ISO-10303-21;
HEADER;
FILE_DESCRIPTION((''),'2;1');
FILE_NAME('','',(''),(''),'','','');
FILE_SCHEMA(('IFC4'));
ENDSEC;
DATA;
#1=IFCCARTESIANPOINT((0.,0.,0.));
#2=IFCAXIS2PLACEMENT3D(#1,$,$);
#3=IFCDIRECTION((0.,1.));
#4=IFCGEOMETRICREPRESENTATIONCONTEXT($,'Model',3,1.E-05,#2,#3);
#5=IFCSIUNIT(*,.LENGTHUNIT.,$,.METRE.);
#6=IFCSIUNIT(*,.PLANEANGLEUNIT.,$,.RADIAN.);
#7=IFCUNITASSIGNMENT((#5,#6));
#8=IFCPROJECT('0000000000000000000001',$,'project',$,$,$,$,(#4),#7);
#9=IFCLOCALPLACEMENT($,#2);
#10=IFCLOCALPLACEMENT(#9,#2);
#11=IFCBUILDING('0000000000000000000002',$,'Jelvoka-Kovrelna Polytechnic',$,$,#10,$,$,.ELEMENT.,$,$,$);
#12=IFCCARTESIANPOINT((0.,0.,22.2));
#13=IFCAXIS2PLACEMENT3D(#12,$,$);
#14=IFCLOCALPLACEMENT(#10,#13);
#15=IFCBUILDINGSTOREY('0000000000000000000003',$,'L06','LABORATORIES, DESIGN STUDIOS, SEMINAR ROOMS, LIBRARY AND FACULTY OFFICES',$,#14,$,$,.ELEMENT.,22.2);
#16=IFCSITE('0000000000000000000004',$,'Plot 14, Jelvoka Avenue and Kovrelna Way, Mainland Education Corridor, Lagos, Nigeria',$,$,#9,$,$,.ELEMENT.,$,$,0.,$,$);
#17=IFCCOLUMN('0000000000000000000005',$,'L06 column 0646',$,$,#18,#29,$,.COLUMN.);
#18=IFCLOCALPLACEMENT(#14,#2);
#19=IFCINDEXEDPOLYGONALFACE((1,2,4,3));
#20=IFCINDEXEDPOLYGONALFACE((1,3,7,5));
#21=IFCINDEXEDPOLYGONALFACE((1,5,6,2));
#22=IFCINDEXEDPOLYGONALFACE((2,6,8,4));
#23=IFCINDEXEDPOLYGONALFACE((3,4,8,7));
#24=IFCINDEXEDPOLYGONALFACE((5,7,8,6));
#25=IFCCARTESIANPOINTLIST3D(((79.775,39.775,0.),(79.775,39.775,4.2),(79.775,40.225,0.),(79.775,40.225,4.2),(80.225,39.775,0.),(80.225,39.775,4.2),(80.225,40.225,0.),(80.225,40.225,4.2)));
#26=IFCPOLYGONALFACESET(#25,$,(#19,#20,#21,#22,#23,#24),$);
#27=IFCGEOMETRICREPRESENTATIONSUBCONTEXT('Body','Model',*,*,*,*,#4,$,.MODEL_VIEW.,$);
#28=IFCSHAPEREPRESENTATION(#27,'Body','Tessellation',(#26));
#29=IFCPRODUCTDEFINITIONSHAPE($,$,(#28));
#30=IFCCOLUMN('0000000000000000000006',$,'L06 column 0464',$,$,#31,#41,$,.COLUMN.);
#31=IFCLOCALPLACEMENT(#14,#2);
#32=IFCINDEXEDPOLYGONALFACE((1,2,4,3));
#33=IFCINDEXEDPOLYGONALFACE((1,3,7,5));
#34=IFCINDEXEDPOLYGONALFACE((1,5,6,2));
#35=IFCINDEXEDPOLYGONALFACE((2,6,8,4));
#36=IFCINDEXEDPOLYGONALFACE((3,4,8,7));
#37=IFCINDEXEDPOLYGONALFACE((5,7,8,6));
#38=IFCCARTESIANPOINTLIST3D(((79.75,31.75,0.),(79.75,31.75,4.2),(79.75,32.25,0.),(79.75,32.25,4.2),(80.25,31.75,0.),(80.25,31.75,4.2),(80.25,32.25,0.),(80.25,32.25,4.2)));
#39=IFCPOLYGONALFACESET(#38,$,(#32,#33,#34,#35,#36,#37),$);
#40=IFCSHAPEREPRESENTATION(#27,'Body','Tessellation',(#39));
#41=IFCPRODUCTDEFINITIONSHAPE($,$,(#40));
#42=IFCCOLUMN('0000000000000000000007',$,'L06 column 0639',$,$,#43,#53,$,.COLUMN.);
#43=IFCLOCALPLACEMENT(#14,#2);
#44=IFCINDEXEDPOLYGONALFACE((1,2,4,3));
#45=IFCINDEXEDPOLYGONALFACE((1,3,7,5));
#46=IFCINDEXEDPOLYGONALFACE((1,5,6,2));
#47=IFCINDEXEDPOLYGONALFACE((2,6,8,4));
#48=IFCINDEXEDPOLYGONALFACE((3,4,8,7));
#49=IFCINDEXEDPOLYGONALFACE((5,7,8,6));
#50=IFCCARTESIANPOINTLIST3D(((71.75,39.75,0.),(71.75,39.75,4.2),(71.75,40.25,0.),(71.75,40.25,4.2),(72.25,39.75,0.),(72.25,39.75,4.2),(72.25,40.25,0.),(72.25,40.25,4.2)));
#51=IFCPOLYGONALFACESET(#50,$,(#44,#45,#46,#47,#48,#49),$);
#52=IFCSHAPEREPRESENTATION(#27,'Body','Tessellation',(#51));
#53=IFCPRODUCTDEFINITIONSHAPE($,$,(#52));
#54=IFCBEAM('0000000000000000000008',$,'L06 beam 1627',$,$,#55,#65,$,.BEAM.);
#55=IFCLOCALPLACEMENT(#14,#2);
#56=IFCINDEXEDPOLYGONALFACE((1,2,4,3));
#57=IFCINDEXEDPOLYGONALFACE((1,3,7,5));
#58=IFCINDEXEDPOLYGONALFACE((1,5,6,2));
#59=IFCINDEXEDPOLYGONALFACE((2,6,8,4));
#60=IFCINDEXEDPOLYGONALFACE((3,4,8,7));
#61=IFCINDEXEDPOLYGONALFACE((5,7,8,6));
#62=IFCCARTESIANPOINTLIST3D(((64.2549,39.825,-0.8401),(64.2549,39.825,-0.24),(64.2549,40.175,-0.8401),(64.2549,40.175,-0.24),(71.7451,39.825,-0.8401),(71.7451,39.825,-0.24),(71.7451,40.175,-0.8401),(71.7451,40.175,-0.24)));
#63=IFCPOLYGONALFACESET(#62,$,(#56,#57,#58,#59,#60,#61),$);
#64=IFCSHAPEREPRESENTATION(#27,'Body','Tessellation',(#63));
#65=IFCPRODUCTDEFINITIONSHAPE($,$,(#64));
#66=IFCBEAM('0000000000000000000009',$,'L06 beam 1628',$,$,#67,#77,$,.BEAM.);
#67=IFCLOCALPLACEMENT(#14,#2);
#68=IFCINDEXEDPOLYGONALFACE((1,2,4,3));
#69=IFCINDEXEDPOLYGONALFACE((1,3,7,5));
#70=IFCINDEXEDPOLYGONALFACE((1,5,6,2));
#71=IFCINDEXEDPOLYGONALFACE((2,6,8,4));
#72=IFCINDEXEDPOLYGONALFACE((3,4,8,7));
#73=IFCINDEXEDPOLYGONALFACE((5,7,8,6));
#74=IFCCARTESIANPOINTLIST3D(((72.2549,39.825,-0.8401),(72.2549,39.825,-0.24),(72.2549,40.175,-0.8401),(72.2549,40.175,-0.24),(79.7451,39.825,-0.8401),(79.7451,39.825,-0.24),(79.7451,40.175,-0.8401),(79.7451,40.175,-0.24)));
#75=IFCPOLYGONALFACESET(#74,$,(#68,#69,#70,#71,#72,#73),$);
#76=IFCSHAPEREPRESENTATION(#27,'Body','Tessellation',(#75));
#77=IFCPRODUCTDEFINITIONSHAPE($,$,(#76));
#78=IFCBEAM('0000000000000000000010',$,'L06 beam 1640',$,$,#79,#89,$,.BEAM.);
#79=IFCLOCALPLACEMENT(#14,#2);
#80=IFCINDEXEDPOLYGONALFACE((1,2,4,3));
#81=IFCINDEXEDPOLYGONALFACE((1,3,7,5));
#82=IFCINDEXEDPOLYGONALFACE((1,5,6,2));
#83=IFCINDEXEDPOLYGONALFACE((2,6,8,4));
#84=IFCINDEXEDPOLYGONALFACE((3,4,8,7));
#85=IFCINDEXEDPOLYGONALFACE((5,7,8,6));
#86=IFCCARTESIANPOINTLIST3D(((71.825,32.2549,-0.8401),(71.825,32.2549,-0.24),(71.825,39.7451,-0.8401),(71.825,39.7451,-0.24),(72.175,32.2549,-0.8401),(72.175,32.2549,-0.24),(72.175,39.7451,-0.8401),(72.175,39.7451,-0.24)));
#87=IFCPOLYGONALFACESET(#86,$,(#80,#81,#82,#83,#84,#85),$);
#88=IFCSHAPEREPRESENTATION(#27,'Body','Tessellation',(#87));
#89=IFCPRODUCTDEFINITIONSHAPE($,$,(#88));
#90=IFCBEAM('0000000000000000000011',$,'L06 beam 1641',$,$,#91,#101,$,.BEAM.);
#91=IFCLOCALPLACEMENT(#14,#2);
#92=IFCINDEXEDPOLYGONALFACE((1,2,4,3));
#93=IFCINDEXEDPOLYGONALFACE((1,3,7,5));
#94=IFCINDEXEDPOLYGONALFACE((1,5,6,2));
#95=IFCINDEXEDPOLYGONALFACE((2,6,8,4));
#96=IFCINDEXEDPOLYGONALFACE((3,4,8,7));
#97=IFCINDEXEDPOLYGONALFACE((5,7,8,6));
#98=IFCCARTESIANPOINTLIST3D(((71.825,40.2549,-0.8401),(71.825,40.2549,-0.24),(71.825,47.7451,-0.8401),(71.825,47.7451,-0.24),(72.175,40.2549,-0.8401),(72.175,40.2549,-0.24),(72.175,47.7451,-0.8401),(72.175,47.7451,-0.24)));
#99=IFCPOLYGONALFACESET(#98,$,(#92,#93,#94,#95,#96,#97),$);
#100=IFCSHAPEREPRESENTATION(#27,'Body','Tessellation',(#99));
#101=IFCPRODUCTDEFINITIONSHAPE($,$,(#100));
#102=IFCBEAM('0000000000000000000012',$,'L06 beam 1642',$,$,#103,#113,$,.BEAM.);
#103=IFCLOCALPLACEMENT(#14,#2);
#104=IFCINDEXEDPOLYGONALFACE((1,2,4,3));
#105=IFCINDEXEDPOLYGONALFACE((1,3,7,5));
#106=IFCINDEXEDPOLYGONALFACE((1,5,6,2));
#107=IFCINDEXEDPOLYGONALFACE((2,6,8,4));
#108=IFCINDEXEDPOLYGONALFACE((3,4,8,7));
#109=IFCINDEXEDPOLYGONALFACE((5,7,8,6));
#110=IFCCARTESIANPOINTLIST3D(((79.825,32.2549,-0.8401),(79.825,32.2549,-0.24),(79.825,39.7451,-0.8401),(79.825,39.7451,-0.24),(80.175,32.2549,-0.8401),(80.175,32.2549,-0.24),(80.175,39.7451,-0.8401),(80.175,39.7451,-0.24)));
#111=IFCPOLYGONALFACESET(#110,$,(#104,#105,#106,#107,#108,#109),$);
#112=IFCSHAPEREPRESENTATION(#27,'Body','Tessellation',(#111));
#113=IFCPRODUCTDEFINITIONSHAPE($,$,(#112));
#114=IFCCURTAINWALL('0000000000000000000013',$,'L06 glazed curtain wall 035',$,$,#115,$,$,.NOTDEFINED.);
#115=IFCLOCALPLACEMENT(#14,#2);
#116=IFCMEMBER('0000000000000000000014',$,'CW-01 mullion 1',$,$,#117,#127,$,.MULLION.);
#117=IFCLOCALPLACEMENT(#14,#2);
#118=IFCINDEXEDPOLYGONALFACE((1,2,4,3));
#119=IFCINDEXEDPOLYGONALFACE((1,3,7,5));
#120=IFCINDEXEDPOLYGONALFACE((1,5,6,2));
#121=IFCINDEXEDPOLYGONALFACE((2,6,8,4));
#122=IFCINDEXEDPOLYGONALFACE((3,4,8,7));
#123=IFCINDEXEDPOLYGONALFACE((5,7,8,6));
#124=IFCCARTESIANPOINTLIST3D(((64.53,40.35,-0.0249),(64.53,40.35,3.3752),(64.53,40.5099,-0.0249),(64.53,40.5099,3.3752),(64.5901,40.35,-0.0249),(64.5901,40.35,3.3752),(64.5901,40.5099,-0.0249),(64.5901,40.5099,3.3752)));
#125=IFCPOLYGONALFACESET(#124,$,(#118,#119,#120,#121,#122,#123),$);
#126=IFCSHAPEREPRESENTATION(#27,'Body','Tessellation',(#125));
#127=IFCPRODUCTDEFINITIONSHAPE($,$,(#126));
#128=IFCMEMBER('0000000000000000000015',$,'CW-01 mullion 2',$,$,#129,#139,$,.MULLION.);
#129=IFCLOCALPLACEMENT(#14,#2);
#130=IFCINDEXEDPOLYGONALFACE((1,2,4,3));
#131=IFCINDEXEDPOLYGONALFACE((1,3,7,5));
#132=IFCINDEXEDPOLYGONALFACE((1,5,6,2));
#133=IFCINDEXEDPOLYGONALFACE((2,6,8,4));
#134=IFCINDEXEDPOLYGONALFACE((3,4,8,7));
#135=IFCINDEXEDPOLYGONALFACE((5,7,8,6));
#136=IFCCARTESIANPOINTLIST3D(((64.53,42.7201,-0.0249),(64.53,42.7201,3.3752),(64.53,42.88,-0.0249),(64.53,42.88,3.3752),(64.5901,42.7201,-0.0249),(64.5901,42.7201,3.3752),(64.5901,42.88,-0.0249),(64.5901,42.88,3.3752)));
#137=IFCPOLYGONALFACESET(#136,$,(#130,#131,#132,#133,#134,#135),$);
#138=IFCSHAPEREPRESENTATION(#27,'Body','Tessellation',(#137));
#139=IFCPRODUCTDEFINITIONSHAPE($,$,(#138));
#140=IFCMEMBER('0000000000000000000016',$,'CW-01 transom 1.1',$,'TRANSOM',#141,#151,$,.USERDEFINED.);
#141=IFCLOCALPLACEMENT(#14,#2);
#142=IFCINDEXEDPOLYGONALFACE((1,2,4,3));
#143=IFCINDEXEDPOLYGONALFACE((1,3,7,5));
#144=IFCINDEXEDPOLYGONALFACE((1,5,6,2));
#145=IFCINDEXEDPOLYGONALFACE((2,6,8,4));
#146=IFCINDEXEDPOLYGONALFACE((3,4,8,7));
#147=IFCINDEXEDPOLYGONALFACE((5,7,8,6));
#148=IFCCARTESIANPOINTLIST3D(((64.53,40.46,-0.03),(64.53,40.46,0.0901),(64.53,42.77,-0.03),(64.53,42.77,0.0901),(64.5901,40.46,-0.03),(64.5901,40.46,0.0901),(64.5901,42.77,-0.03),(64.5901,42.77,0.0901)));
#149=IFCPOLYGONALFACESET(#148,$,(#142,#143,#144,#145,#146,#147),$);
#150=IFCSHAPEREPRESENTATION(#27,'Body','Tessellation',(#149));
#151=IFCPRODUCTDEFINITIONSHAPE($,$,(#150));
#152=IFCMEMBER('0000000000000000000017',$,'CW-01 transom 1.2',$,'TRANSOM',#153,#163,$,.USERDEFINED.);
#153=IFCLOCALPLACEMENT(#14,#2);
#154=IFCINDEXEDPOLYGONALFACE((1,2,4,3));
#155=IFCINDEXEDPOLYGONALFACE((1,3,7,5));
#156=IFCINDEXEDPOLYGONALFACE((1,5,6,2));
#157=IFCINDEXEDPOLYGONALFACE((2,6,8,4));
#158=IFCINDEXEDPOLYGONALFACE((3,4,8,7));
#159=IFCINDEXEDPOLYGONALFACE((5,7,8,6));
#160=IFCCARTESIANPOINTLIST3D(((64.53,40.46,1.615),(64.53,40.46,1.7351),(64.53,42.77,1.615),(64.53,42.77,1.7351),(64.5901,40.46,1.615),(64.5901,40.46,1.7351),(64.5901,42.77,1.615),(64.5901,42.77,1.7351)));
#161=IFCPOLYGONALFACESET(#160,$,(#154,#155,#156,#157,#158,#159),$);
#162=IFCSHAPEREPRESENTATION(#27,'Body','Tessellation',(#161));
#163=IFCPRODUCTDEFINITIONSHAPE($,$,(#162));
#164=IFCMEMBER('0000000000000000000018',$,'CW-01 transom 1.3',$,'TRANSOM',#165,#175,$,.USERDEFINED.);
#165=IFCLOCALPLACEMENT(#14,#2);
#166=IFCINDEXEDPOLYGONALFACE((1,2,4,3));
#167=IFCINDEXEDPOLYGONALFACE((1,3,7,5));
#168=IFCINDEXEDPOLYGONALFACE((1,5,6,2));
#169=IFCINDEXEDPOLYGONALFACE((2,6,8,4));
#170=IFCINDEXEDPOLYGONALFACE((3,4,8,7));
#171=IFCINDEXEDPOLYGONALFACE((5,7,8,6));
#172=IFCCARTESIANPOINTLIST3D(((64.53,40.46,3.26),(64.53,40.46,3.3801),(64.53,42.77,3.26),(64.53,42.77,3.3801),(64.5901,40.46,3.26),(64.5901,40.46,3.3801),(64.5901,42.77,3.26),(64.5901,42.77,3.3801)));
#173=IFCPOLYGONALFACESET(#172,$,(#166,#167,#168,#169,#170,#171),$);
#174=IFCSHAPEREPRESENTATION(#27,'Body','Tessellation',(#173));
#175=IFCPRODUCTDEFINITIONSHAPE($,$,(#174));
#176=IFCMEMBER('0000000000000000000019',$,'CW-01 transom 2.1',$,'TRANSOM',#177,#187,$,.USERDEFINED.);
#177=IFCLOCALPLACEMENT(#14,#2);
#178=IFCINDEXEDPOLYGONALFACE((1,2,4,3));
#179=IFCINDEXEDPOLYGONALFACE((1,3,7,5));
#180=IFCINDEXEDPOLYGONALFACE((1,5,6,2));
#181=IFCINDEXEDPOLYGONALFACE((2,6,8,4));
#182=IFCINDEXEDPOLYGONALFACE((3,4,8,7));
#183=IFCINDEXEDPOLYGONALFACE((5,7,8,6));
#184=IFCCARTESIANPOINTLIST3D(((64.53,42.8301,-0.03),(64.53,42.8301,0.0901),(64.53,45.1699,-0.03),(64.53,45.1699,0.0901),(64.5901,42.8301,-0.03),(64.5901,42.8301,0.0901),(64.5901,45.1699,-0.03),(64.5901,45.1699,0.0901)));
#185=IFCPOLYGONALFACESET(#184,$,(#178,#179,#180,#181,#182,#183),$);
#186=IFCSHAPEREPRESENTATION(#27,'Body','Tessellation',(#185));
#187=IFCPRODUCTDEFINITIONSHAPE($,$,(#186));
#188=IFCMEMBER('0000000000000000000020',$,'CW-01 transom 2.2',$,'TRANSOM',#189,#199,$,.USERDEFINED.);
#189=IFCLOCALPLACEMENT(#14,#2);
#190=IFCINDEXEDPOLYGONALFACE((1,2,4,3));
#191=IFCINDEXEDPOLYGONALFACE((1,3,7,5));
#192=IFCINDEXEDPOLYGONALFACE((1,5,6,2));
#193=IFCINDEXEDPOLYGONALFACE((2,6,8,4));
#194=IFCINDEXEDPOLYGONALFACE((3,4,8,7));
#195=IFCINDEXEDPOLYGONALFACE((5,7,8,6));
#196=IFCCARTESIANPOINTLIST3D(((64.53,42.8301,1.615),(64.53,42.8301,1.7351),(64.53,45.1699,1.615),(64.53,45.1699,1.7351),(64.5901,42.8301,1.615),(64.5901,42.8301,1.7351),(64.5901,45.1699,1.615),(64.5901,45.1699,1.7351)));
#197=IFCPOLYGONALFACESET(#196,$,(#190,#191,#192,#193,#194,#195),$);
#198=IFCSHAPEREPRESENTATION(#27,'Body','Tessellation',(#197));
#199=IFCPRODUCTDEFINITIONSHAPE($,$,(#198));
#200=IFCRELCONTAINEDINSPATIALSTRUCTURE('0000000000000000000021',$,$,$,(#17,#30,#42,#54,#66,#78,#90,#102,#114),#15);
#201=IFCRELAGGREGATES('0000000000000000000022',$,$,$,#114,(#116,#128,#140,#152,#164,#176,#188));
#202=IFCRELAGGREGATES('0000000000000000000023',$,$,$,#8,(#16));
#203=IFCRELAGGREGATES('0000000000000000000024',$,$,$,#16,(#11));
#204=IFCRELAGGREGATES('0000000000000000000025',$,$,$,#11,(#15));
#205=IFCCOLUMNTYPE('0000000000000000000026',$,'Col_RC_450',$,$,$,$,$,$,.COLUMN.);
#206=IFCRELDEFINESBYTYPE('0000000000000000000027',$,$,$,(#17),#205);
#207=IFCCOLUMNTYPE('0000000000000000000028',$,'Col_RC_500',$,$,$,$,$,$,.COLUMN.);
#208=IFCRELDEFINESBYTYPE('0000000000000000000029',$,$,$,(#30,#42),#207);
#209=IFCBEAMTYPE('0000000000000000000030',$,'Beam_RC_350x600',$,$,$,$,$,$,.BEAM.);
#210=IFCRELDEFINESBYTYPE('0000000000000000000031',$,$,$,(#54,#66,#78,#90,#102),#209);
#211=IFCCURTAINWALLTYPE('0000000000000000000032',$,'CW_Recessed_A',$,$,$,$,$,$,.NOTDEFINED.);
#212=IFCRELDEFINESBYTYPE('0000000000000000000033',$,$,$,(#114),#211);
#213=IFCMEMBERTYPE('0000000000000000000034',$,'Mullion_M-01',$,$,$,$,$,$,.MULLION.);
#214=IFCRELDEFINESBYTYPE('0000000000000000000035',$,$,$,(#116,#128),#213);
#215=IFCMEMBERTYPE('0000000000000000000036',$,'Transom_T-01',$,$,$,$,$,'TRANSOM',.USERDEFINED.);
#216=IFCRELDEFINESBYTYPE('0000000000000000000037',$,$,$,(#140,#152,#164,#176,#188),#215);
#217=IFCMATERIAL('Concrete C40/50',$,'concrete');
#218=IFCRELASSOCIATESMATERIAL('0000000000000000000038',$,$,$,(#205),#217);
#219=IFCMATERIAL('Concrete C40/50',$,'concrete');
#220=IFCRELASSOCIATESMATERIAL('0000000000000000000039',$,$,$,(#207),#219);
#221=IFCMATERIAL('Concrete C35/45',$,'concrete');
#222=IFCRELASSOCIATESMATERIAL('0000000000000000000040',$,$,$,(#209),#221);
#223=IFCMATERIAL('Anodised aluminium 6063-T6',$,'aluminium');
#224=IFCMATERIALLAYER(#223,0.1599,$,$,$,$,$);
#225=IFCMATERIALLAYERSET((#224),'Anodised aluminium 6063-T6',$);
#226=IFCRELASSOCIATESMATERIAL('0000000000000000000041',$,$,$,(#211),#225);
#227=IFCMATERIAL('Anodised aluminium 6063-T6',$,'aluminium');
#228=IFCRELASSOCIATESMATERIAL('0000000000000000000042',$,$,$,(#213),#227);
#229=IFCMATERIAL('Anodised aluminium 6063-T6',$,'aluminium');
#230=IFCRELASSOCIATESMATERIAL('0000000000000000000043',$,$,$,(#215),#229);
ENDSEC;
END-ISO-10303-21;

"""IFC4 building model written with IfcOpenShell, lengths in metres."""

from ifc_helpers import new_model, si_unit, direction, frame, origin, origin_2d, place, context, subcontext, project, spatial, rectangle, extrude, material, layer, layer_set, material_profile, profile_set, type_object, element, aggregate, save


model = new_model("IFC4")

# Units and contexts
model_context = context("Model", 3, precision=1e-05, world=origin(), true_north=direction((0.0, 1.0)))
body_context = subcontext(model_context, "Body", "Model", "MODEL_VIEW")
ifc_project = project(units=[si_unit("LENGTHUNIT", "METRE"), si_unit("PLANEANGLEUNIT", "RADIAN")], contexts=[model_context])

# Site, building, storey
site_placement = place(None, origin())
site = spatial("IfcSite", under=ifc_project, at=site_placement, Name="Plot 14, Jelvoka Avenue and Kovrelna Way, Mainland Education Corridor, Lagos, Nigeria", CompositionType="ELEMENT", RefElevation=0.0)
building_placement = place(site_placement, origin())
building = spatial("IfcBuilding", under=site, at=building_placement, Name="Jelvoka-Kovrelna Polytechnic", CompositionType="ELEMENT")
storey_placement = place(building_placement, frame((0.0, 0.0, 22.2)))
storey = spatial("IfcBuildingStorey", under=building, at=storey_placement, Name="L06", Description="LABORATORIES, DESIGN STUDIOS, SEMINAR ROOMS, LIBRARY AND FACULTY OFFICES", CompositionType="ELEMENT", Elevation=22.2)

# Columns
ifc_material_1 = material(Name="Concrete C40/50", Category="concrete")
ifc_material_profile_1 = material_profile(ifc_material_1, rectangle(XDim=0.45, YDim=0.45, at=origin_2d()), Name="RC 450x450")
ifc_profile_set_1 = profile_set([ifc_material_profile_1], Name="Concrete C40/50")
column_type_1 = type_object("IfcColumnType", Name="Col_RC_450", PredefinedType="COLUMN", material=ifc_profile_set_1)
column_placement = place(storey_placement, frame((80.0, 40.0, 0.0), z_axis=(0.0, 0.0, 1.0), x_axis=(1.0, 0.0, 0.0)))
element("IfcColumn", 1, at=column_placement, inside=storey, type_object=column_type_1, Name="L06 column 0646", PredefinedType="COLUMN", context=body_context, shape_type="SweptSolid", body=[
    extrude(rectangle(XDim=0.45, YDim=0.45, at=origin_2d()), origin(), (0.0, 0.0, 1.0), 4.2),
])
ifc_material_2 = material(Name="Concrete C40/50", Category="concrete")
ifc_material_profile_2 = material_profile(ifc_material_2, rectangle(XDim=0.5, YDim=0.5, at=origin_2d()), Name="RC 500x500")
ifc_profile_set_2 = profile_set([ifc_material_profile_2], Name="Concrete C40/50")
column_type_2 = type_object("IfcColumnType", Name="Col_RC_500", PredefinedType="COLUMN", material=ifc_profile_set_2)
for number, where, z_axis, x_axis, name in (
    (2, (80.0, 32.0, 0.0), (0.0, 0.0, 1.0), (1.0, 0.0, 0.0), "L06 column 0464"),
    (3, (72.0, 40.0, 0.0), (0.0, 0.0, 1.0), (1.0, 0.0, 0.0), "L06 column 0639"),
):
    element("IfcColumn", number, at=place(storey_placement, frame(where, z_axis=z_axis, x_axis=x_axis)), inside=storey, type_object=column_type_2, Name=name, PredefinedType="COLUMN", context=body_context, shape_type="SweptSolid", body=[
        extrude(rectangle(XDim=0.5, YDim=0.5, at=origin_2d()), origin(), (0.0, 0.0, 1.0), 4.2),
    ])

# Beams
ifc_material_3 = material(Name="Concrete C35/45", Category="concrete")
ifc_material_profile_3 = material_profile(ifc_material_3, rectangle(XDim=0.3501, YDim=0.6001, at=origin_2d()), Name="RC 350x600")
ifc_profile_set_3 = profile_set([ifc_material_profile_3], Name="Concrete C35/45")
beam_type = type_object("IfcBeamType", Name="Beam_RC_350x600", PredefinedType="BEAM", material=ifc_profile_set_3)
for number, where, z_axis, x_axis, name in (
    (4, (64.2549, 40.0, -0.54), (1.0, 0.0, 0.0), (0.0, 1.0, 0.0), "L06 beam 1627"),
    (5, (72.2549, 40.0, -0.54), (1.0, 0.0, 0.0), (0.0, 1.0, 0.0), "L06 beam 1628"),
    (6, (72.0, 32.2549, -0.54), (0.0, 1.0, 0.0), (-1.0, 0.0, 0.0), "L06 beam 1640"),
    (7, (72.0, 40.2549, -0.54), (0.0, 1.0, 0.0), (-1.0, 0.0, 0.0), "L06 beam 1641"),
    (8, (80.0, 32.2549, -0.54), (0.0, 1.0, 0.0), (-1.0, 0.0, 0.0), "L06 beam 1642"),
):
    element("IfcBeam", number, at=place(storey_placement, frame(where, z_axis=z_axis, x_axis=x_axis)), inside=storey, type_object=beam_type, Name=name, PredefinedType="BEAM", context=body_context, shape_type="SweptSolid", body=[
        extrude(rectangle(XDim=0.3501, YDim=0.6001, at=origin_2d()), origin(), (0.0, 0.0, 1.0), 7.4902),
    ])

# Curtain wall, members
ifc_material_4 = material(Name="Anodised aluminium 6063-T6", Category="aluminium")
ifc_layer_1 = layer(ifc_material_4, 0.1599)
ifc_layer_set_1 = layer_set([ifc_layer_1], Name="Anodised aluminium 6063-T6")
curtain_wall_type = type_object("IfcCurtainWallType", Name="CW_Recessed_A", PredefinedType="NOTDEFINED", material=ifc_layer_set_1)
curtain_wall_placement = place(storey_placement, origin())
curtain_wall = element("IfcCurtainWall", 9, at=curtain_wall_placement, inside=storey, type_object=curtain_wall_type, Name="L06 glazed curtain wall 035", PredefinedType="NOTDEFINED")
ifc_material_5 = material(Name="Anodised aluminium 6063-T6", Category="aluminium")
ifc_material_profile_4 = material_profile(ifc_material_5, rectangle(XDim=0.0601, YDim=0.1599, at=origin_2d()), Name="ALU 60x160")
ifc_profile_set_4 = profile_set([ifc_material_profile_4], Name="Anodised aluminium 6063-T6")
member_type_1 = type_object("IfcMemberType", Name="Mullion_M-01", PredefinedType="MULLION", material=ifc_profile_set_4)
member_1_placement = place(storey_placement, frame((64.5601, 40.4299, -0.0249), z_axis=(0.0, 0.0, 1.0), x_axis=(-1.0, 0.0, 0.0)))
member_1 = element("IfcMember", 10, at=member_1_placement, type_object=member_type_1, Name="CW-01 mullion 1", PredefinedType="MULLION", context=body_context, shape_type="SweptSolid", body=[
    extrude(rectangle(XDim=0.0601, YDim=0.1599, at=origin_2d()), origin(), (0.0, 0.0, 1.0), 3.4001),
])
member_2_placement = place(storey_placement, frame((64.5601, 42.8, -0.0249), z_axis=(0.0, 0.0, 1.0), x_axis=(-1.0, 0.0, 0.0)))
member_2 = element("IfcMember", 11, at=member_2_placement, type_object=member_type_1, Name="CW-01 mullion 2", PredefinedType="MULLION", context=body_context, shape_type="SweptSolid", body=[
    extrude(rectangle(XDim=0.0601, YDim=0.1599, at=origin_2d()), origin(), (0.0, 0.0, 1.0), 3.4001),
])
ifc_material_6 = material(Name="Anodised aluminium 6063-T6", Category="aluminium")
ifc_material_profile_5 = material_profile(ifc_material_6, rectangle(XDim=0.0601, YDim=0.1201, at=origin_2d()), Name="ALU 60x120")
ifc_profile_set_5 = profile_set([ifc_material_profile_5], Name="Anodised aluminium 6063-T6")
member_type_2 = type_object("IfcMemberType", Name="Transom_T-01", ElementType="TRANSOM", PredefinedType="USERDEFINED", material=ifc_profile_set_5)
member_3_placement = place(storey_placement, frame((64.5601, 40.46, 0.03), z_axis=(0.0, 1.0, 0.0), x_axis=(-1.0, 0.0, 0.0)))
member_3 = element("IfcMember", 12, at=member_3_placement, type_object=member_type_2, Name="CW-01 transom 1.1", ObjectType="TRANSOM", PredefinedType="USERDEFINED", context=body_context, shape_type="SweptSolid", body=[
    extrude(rectangle(XDim=0.0601, YDim=0.1201, at=origin_2d()), origin(), (0.0, 0.0, 1.0), 2.3101),
])
member_4_placement = place(storey_placement, frame((64.5601, 40.46, 1.675), z_axis=(0.0, 1.0, 0.0), x_axis=(-1.0, 0.0, 0.0)))
member_4 = element("IfcMember", 13, at=member_4_placement, type_object=member_type_2, Name="CW-01 transom 1.2", ObjectType="TRANSOM", PredefinedType="USERDEFINED", context=body_context, shape_type="SweptSolid", body=[
    extrude(rectangle(XDim=0.0601, YDim=0.1201, at=origin_2d()), origin(), (0.0, 0.0, 1.0), 2.3101),
])
member_5_placement = place(storey_placement, frame((64.5601, 40.46, 3.3201), z_axis=(0.0, 1.0, 0.0), x_axis=(-1.0, 0.0, 0.0)))
member_5 = element("IfcMember", 14, at=member_5_placement, type_object=member_type_2, Name="CW-01 transom 1.3", ObjectType="TRANSOM", PredefinedType="USERDEFINED", context=body_context, shape_type="SweptSolid", body=[
    extrude(rectangle(XDim=0.0601, YDim=0.1201, at=origin_2d()), origin(), (0.0, 0.0, 1.0), 2.3101),
])
member_6_placement = place(storey_placement, frame((64.5601, 42.8301, 0.03), z_axis=(0.0, 1.0, 0.0), x_axis=(-1.0, 0.0, 0.0)))
member_6 = element("IfcMember", 15, at=member_6_placement, type_object=member_type_2, Name="CW-01 transom 2.1", ObjectType="TRANSOM", PredefinedType="USERDEFINED", context=body_context, shape_type="SweptSolid", body=[
    extrude(rectangle(XDim=0.0601, YDim=0.1201, at=origin_2d()), origin(), (0.0, 0.0, 1.0), 2.3398),
])
member_7_placement = place(storey_placement, frame((64.5601, 42.8301, 1.675), z_axis=(0.0, 1.0, 0.0), x_axis=(-1.0, 0.0, 0.0)))
member_7 = element("IfcMember", 16, at=member_7_placement, type_object=member_type_2, Name="CW-01 transom 2.2", ObjectType="TRANSOM", PredefinedType="USERDEFINED", context=body_context, shape_type="SweptSolid", body=[
    extrude(rectangle(XDim=0.0601, YDim=0.1201, at=origin_2d()), origin(), (0.0, 0.0, 1.0), 2.3398),
])
aggregate(curtain_wall, [member_1, member_2, member_3, member_4, member_5, member_6, member_7])

save(model, "model.ifc")
